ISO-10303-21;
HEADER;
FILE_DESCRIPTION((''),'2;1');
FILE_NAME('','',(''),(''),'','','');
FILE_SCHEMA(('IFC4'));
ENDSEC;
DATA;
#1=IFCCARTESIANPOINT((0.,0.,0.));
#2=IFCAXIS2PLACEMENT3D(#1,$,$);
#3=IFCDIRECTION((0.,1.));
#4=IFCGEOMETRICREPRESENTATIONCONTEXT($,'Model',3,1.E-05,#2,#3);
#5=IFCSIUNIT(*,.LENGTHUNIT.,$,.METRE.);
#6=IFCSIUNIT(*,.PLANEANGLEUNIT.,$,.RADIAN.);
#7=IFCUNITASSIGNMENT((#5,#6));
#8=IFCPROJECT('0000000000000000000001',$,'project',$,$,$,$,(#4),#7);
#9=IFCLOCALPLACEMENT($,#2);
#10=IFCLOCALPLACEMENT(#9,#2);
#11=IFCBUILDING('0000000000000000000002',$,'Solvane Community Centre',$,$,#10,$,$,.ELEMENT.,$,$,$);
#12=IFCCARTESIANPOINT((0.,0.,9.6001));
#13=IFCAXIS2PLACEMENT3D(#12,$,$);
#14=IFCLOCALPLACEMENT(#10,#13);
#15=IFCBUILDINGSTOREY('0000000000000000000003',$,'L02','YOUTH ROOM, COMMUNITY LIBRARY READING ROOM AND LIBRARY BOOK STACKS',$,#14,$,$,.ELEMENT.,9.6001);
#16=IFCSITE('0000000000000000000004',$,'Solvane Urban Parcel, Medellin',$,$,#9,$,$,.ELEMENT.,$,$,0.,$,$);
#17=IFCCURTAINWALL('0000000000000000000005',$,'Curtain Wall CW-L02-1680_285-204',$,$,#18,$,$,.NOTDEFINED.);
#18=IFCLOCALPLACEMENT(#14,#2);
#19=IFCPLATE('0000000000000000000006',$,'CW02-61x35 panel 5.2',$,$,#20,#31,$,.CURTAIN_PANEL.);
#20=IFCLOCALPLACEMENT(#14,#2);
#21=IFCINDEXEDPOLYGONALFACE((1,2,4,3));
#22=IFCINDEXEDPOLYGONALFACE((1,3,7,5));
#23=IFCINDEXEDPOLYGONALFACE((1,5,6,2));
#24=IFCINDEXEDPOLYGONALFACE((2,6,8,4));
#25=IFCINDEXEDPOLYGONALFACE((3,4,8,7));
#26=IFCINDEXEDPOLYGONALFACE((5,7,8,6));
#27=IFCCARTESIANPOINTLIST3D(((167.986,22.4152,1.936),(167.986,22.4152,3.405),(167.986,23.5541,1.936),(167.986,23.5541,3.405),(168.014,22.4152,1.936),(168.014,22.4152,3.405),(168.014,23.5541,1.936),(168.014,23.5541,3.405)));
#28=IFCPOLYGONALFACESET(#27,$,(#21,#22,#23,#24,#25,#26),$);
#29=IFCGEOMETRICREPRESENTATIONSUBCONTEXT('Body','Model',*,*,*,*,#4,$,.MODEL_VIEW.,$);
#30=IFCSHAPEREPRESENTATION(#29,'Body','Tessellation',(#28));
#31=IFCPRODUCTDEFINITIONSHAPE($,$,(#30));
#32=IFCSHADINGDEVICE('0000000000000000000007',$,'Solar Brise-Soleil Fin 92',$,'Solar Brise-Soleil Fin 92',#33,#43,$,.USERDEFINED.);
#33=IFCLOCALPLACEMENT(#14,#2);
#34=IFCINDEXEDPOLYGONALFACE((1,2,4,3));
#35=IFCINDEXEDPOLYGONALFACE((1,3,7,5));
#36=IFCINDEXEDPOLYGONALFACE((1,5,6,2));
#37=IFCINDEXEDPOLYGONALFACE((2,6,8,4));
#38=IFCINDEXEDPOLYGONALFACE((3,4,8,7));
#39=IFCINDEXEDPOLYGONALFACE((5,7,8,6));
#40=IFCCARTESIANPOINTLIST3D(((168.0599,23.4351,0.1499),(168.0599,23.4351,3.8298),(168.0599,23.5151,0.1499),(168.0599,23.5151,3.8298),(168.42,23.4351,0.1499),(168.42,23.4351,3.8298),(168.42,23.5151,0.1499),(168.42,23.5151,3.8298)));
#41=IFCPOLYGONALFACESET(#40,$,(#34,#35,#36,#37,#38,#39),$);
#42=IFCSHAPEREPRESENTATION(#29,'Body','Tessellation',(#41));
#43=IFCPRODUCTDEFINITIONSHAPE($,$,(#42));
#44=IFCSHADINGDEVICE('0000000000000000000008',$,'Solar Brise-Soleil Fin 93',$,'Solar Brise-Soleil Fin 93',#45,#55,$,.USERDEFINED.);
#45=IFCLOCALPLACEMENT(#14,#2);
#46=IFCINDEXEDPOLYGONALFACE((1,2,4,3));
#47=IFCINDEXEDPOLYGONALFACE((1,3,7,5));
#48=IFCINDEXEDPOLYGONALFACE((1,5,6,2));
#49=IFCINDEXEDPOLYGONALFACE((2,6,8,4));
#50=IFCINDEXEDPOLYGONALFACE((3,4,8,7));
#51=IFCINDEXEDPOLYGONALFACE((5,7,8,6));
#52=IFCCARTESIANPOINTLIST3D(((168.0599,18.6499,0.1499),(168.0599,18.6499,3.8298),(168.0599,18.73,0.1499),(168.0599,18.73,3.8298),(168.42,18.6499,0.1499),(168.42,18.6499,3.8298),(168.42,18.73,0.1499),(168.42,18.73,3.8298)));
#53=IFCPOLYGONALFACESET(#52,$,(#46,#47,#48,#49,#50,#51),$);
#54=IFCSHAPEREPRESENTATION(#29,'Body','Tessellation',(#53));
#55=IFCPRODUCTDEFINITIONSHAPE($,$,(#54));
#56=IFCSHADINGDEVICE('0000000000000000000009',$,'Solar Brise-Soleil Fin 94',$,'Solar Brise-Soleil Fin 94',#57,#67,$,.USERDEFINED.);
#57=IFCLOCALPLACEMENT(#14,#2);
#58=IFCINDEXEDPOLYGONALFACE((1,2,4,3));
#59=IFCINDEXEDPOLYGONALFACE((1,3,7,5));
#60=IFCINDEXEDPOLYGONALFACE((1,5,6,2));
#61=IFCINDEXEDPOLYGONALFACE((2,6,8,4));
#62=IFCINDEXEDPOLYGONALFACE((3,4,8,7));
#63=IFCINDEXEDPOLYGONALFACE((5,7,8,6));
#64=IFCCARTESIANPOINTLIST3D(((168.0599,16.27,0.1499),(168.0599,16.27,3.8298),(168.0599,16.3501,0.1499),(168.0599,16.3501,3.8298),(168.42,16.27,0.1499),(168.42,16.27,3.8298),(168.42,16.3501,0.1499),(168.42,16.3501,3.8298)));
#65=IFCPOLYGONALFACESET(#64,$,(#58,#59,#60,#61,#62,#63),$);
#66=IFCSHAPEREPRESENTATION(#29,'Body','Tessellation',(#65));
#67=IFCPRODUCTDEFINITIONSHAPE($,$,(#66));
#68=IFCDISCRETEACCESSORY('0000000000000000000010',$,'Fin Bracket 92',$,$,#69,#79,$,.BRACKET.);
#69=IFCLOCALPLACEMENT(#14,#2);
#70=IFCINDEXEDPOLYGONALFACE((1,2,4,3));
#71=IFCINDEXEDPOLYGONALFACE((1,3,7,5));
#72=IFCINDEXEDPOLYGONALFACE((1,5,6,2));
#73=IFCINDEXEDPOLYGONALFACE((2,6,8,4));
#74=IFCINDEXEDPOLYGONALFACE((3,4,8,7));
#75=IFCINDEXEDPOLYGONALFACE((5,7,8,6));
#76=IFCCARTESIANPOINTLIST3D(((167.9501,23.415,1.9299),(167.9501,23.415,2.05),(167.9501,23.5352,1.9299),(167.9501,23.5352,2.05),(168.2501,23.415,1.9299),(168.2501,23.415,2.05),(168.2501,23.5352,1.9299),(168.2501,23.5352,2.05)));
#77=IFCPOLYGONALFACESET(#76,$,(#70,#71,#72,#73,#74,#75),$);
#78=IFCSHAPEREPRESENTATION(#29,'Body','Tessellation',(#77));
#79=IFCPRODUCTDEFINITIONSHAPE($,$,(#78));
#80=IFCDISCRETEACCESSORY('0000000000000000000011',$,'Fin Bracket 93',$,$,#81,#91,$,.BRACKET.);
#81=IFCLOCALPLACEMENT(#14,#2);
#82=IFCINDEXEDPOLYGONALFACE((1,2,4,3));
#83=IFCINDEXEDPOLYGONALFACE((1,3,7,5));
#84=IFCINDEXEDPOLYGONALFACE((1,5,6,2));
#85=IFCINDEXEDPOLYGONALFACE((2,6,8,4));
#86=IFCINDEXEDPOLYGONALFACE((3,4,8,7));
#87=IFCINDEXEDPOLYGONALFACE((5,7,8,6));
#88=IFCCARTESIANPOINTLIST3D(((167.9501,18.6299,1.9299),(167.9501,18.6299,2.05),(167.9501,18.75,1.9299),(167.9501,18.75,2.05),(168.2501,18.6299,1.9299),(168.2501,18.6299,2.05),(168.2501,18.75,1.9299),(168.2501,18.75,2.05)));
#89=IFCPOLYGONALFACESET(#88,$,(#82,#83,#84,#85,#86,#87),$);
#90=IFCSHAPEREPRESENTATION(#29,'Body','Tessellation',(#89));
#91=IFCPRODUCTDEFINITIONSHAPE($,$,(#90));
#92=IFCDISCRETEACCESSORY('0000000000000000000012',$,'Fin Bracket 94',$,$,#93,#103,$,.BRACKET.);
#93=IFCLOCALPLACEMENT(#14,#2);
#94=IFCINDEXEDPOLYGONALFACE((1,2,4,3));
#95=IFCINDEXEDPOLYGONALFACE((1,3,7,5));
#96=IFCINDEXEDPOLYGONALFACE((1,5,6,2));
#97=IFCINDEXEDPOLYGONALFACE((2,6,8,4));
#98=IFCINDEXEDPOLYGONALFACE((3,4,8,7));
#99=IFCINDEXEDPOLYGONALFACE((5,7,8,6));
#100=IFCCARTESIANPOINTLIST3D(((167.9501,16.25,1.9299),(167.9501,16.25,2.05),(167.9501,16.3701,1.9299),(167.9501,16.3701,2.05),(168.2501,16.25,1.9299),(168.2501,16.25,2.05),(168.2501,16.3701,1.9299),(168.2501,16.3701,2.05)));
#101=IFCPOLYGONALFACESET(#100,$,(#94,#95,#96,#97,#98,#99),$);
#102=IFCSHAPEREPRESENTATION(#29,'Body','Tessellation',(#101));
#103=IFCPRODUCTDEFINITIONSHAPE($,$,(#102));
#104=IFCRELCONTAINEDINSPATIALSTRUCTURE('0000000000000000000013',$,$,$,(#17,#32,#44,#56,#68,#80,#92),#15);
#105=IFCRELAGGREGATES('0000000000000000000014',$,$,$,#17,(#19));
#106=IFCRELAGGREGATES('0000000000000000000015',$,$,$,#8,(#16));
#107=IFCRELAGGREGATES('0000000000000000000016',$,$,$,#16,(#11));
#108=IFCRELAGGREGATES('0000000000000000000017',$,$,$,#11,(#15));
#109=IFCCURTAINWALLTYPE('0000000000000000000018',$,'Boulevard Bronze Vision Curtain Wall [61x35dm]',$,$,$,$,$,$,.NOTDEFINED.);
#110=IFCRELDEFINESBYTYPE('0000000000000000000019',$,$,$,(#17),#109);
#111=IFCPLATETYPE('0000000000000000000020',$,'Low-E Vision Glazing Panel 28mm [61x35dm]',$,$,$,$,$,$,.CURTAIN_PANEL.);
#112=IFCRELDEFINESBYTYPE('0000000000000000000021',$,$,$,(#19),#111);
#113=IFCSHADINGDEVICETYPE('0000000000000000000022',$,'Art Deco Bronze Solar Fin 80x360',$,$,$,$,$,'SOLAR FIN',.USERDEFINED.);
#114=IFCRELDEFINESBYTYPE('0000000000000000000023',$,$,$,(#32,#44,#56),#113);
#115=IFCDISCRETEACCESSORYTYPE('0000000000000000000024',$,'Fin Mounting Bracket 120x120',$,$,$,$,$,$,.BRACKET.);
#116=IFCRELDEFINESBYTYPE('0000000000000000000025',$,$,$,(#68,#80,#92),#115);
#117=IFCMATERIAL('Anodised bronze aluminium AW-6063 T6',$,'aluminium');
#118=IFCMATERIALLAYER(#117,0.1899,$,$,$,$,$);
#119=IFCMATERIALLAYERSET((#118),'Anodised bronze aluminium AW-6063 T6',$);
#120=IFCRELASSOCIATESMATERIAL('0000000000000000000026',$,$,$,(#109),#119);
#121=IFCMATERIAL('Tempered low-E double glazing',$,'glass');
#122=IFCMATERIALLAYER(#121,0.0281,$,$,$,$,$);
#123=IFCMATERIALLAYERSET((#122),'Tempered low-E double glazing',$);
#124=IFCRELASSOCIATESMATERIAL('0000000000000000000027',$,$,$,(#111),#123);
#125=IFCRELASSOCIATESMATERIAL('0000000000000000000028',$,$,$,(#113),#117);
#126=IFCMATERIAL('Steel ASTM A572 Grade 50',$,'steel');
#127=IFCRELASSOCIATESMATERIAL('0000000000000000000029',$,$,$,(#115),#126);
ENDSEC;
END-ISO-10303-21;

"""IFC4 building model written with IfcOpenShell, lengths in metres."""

from ifc_helpers import new_model, si_unit, direction, frame, origin, origin_2d, place, context, subcontext, project, spatial, rectangle, extrude, material, layer, layer_set, type_object, element, aggregate, save


model = new_model("IFC4")

# Units and contexts
model_context = context("Model", 3, precision=1e-05, world=origin(), true_north=direction((0.0, 1.0)))
body_context = subcontext(model_context, "Body", "Model", "MODEL_VIEW")
ifc_project = project(units=[si_unit("LENGTHUNIT", "METRE"), si_unit("PLANEANGLEUNIT", "RADIAN")], contexts=[model_context])

# Site, building, storey
site_placement = place(None, origin())
site = spatial("IfcSite", under=ifc_project, at=site_placement, Name="Solvane Urban Parcel, Medellin", CompositionType="ELEMENT", RefElevation=0.0)
building_placement = place(site_placement, origin())
building = spatial("IfcBuilding", under=site, at=building_placement, Name="Solvane Community Centre", CompositionType="ELEMENT")
storey_placement = place(building_placement, frame((0.0, 0.0, 9.6001)))
storey = spatial("IfcBuildingStorey", under=building, at=storey_placement, Name="L02", Description="YOUTH ROOM, COMMUNITY LIBRARY READING ROOM AND LIBRARY BOOK STACKS", CompositionType="ELEMENT", Elevation=9.6001)

# Curtain wall
ifc_material_1 = material(Name="Anodised bronze aluminium AW-6063 T6", Category="aluminium")
ifc_layer_1 = layer(ifc_material_1, 0.1899)
ifc_layer_set_1 = layer_set([ifc_layer_1], Name="Anodised bronze aluminium AW-6063 T6")
curtain_wall_type_1 = type_object("IfcCurtainWallType", Name="Boulevard Bronze Vision Curtain Wall [61x35dm]", PredefinedType="NOTDEFINED", material=ifc_layer_set_1)
curtain_wall_1_placement = place(storey_placement, origin())
curtain_wall_1 = element("IfcCurtainWall", 1, at=curtain_wall_1_placement, inside=storey, type_object=curtain_wall_type_1, Name="Curtain Wall CW-L02-1680_285-204", PredefinedType="NOTDEFINED")

# Plate
ifc_material_2 = material(Name="Tempered low-E double glazing", Category="glass")
ifc_layer_2 = layer(ifc_material_2, 0.0281)
ifc_layer_set_2 = layer_set([ifc_layer_2], Name="Tempered low-E double glazing")
plate_type = type_object("IfcPlateType", Name="Low-E Vision Glazing Panel 28mm [61x35dm]", PredefinedType="CURTAIN_PANEL", material=ifc_layer_set_2)
plate_1_placement = place(storey_placement, frame((168.0, 22.9846, 1.936), z_axis=(0.0, 0.0, 1.0), x_axis=(0.0, -1.0, 0.0)))
plate_1 = element("IfcPlate", 2, at=plate_1_placement, type_object=plate_type, Name="CW02-61x35 panel 5.2", PredefinedType="CURTAIN_PANEL", context=body_context, shape_type="SweptSolid", body=[
    extrude(rectangle(XDim=1.1389, YDim=0.0281, at=origin_2d()), origin(), (0.0, 0.0, 1.0), 1.469),
])
aggregate(curtain_wall_1, [plate_1])

# Shading devices
shading_device_type = type_object("IfcShadingDeviceType", Name="Art Deco Bronze Solar Fin 80x360", ElementType="SOLAR FIN", PredefinedType="USERDEFINED", material=ifc_material_1)
shading_device_1_placement = place(storey_placement, frame((168.24, 23.4751, 0.1499), z_axis=(0.0, 0.0, 1.0), x_axis=(0.0, -1.0, 0.0)))
element("IfcShadingDevice", 3, at=shading_device_1_placement, inside=storey, type_object=shading_device_type, Name="Solar Brise-Soleil Fin 92", ObjectType="Solar Brise-Soleil Fin 92", PredefinedType="USERDEFINED", context=body_context, shape_type="SweptSolid", body=[
    extrude(rectangle(XDim=0.0801, YDim=0.3601, at=origin_2d()), origin(), (0.0, 0.0, 1.0), 3.6799),
])
shading_device_2_placement = place(storey_placement, frame((168.24, 18.6899, 0.1499), z_axis=(0.0, 0.0, 1.0), x_axis=(0.0, -1.0, 0.0)))
element("IfcShadingDevice", 4, at=shading_device_2_placement, inside=storey, type_object=shading_device_type, Name="Solar Brise-Soleil Fin 93", ObjectType="Solar Brise-Soleil Fin 93", PredefinedType="USERDEFINED", context=body_context, shape_type="SweptSolid", body=[
    extrude(rectangle(XDim=0.0801, YDim=0.3601, at=origin_2d()), origin(), (0.0, 0.0, 1.0), 3.6799),
])
shading_device_3_placement = place(storey_placement, frame((168.24, 16.3101, 0.1499), z_axis=(0.0, 0.0, 1.0), x_axis=(0.0, -1.0, 0.0)))
element("IfcShadingDevice", 5, at=shading_device_3_placement, inside=storey, type_object=shading_device_type, Name="Solar Brise-Soleil Fin 94", ObjectType="Solar Brise-Soleil Fin 94", PredefinedType="USERDEFINED", context=body_context, shape_type="SweptSolid", body=[
    extrude(rectangle(XDim=0.0801, YDim=0.3601, at=origin_2d()), origin(), (0.0, 0.0, 1.0), 3.6799),
])

# Discrete accessories
ifc_material_3 = material(Name="Steel ASTM A572 Grade 50", Category="steel")
discrete_accessory_type = type_object("IfcDiscreteAccessoryType", Name="Fin Mounting Bracket 120x120", PredefinedType="BRACKET", material=ifc_material_3)
for number, where, z_axis, x_axis, name in (
    (6, (168.1001, 23.4751, 1.9299), (0.0, 0.0, 1.0), (0.0, -1.0, 0.0), "Fin Bracket 92"),
    (7, (168.1001, 18.6899, 1.9299), (0.0, 0.0, 1.0), (0.0, -1.0, 0.0), "Fin Bracket 93"),
    (8, (168.1001, 16.3101, 1.9299), (0.0, 0.0, 1.0), (0.0, -1.0, 0.0), "Fin Bracket 94"),
):
    element("IfcDiscreteAccessory", number, at=place(storey_placement, frame(where, z_axis=z_axis, x_axis=x_axis)), inside=storey, type_object=discrete_accessory_type, Name=name, PredefinedType="BRACKET", context=body_context, shape_type="SweptSolid", body=[
        extrude(rectangle(XDim=0.1201, YDim=0.3, at=origin_2d()), origin(), (0.0, 0.0, 1.0), 0.1201),
    ])

save(model, "model.ifc")
